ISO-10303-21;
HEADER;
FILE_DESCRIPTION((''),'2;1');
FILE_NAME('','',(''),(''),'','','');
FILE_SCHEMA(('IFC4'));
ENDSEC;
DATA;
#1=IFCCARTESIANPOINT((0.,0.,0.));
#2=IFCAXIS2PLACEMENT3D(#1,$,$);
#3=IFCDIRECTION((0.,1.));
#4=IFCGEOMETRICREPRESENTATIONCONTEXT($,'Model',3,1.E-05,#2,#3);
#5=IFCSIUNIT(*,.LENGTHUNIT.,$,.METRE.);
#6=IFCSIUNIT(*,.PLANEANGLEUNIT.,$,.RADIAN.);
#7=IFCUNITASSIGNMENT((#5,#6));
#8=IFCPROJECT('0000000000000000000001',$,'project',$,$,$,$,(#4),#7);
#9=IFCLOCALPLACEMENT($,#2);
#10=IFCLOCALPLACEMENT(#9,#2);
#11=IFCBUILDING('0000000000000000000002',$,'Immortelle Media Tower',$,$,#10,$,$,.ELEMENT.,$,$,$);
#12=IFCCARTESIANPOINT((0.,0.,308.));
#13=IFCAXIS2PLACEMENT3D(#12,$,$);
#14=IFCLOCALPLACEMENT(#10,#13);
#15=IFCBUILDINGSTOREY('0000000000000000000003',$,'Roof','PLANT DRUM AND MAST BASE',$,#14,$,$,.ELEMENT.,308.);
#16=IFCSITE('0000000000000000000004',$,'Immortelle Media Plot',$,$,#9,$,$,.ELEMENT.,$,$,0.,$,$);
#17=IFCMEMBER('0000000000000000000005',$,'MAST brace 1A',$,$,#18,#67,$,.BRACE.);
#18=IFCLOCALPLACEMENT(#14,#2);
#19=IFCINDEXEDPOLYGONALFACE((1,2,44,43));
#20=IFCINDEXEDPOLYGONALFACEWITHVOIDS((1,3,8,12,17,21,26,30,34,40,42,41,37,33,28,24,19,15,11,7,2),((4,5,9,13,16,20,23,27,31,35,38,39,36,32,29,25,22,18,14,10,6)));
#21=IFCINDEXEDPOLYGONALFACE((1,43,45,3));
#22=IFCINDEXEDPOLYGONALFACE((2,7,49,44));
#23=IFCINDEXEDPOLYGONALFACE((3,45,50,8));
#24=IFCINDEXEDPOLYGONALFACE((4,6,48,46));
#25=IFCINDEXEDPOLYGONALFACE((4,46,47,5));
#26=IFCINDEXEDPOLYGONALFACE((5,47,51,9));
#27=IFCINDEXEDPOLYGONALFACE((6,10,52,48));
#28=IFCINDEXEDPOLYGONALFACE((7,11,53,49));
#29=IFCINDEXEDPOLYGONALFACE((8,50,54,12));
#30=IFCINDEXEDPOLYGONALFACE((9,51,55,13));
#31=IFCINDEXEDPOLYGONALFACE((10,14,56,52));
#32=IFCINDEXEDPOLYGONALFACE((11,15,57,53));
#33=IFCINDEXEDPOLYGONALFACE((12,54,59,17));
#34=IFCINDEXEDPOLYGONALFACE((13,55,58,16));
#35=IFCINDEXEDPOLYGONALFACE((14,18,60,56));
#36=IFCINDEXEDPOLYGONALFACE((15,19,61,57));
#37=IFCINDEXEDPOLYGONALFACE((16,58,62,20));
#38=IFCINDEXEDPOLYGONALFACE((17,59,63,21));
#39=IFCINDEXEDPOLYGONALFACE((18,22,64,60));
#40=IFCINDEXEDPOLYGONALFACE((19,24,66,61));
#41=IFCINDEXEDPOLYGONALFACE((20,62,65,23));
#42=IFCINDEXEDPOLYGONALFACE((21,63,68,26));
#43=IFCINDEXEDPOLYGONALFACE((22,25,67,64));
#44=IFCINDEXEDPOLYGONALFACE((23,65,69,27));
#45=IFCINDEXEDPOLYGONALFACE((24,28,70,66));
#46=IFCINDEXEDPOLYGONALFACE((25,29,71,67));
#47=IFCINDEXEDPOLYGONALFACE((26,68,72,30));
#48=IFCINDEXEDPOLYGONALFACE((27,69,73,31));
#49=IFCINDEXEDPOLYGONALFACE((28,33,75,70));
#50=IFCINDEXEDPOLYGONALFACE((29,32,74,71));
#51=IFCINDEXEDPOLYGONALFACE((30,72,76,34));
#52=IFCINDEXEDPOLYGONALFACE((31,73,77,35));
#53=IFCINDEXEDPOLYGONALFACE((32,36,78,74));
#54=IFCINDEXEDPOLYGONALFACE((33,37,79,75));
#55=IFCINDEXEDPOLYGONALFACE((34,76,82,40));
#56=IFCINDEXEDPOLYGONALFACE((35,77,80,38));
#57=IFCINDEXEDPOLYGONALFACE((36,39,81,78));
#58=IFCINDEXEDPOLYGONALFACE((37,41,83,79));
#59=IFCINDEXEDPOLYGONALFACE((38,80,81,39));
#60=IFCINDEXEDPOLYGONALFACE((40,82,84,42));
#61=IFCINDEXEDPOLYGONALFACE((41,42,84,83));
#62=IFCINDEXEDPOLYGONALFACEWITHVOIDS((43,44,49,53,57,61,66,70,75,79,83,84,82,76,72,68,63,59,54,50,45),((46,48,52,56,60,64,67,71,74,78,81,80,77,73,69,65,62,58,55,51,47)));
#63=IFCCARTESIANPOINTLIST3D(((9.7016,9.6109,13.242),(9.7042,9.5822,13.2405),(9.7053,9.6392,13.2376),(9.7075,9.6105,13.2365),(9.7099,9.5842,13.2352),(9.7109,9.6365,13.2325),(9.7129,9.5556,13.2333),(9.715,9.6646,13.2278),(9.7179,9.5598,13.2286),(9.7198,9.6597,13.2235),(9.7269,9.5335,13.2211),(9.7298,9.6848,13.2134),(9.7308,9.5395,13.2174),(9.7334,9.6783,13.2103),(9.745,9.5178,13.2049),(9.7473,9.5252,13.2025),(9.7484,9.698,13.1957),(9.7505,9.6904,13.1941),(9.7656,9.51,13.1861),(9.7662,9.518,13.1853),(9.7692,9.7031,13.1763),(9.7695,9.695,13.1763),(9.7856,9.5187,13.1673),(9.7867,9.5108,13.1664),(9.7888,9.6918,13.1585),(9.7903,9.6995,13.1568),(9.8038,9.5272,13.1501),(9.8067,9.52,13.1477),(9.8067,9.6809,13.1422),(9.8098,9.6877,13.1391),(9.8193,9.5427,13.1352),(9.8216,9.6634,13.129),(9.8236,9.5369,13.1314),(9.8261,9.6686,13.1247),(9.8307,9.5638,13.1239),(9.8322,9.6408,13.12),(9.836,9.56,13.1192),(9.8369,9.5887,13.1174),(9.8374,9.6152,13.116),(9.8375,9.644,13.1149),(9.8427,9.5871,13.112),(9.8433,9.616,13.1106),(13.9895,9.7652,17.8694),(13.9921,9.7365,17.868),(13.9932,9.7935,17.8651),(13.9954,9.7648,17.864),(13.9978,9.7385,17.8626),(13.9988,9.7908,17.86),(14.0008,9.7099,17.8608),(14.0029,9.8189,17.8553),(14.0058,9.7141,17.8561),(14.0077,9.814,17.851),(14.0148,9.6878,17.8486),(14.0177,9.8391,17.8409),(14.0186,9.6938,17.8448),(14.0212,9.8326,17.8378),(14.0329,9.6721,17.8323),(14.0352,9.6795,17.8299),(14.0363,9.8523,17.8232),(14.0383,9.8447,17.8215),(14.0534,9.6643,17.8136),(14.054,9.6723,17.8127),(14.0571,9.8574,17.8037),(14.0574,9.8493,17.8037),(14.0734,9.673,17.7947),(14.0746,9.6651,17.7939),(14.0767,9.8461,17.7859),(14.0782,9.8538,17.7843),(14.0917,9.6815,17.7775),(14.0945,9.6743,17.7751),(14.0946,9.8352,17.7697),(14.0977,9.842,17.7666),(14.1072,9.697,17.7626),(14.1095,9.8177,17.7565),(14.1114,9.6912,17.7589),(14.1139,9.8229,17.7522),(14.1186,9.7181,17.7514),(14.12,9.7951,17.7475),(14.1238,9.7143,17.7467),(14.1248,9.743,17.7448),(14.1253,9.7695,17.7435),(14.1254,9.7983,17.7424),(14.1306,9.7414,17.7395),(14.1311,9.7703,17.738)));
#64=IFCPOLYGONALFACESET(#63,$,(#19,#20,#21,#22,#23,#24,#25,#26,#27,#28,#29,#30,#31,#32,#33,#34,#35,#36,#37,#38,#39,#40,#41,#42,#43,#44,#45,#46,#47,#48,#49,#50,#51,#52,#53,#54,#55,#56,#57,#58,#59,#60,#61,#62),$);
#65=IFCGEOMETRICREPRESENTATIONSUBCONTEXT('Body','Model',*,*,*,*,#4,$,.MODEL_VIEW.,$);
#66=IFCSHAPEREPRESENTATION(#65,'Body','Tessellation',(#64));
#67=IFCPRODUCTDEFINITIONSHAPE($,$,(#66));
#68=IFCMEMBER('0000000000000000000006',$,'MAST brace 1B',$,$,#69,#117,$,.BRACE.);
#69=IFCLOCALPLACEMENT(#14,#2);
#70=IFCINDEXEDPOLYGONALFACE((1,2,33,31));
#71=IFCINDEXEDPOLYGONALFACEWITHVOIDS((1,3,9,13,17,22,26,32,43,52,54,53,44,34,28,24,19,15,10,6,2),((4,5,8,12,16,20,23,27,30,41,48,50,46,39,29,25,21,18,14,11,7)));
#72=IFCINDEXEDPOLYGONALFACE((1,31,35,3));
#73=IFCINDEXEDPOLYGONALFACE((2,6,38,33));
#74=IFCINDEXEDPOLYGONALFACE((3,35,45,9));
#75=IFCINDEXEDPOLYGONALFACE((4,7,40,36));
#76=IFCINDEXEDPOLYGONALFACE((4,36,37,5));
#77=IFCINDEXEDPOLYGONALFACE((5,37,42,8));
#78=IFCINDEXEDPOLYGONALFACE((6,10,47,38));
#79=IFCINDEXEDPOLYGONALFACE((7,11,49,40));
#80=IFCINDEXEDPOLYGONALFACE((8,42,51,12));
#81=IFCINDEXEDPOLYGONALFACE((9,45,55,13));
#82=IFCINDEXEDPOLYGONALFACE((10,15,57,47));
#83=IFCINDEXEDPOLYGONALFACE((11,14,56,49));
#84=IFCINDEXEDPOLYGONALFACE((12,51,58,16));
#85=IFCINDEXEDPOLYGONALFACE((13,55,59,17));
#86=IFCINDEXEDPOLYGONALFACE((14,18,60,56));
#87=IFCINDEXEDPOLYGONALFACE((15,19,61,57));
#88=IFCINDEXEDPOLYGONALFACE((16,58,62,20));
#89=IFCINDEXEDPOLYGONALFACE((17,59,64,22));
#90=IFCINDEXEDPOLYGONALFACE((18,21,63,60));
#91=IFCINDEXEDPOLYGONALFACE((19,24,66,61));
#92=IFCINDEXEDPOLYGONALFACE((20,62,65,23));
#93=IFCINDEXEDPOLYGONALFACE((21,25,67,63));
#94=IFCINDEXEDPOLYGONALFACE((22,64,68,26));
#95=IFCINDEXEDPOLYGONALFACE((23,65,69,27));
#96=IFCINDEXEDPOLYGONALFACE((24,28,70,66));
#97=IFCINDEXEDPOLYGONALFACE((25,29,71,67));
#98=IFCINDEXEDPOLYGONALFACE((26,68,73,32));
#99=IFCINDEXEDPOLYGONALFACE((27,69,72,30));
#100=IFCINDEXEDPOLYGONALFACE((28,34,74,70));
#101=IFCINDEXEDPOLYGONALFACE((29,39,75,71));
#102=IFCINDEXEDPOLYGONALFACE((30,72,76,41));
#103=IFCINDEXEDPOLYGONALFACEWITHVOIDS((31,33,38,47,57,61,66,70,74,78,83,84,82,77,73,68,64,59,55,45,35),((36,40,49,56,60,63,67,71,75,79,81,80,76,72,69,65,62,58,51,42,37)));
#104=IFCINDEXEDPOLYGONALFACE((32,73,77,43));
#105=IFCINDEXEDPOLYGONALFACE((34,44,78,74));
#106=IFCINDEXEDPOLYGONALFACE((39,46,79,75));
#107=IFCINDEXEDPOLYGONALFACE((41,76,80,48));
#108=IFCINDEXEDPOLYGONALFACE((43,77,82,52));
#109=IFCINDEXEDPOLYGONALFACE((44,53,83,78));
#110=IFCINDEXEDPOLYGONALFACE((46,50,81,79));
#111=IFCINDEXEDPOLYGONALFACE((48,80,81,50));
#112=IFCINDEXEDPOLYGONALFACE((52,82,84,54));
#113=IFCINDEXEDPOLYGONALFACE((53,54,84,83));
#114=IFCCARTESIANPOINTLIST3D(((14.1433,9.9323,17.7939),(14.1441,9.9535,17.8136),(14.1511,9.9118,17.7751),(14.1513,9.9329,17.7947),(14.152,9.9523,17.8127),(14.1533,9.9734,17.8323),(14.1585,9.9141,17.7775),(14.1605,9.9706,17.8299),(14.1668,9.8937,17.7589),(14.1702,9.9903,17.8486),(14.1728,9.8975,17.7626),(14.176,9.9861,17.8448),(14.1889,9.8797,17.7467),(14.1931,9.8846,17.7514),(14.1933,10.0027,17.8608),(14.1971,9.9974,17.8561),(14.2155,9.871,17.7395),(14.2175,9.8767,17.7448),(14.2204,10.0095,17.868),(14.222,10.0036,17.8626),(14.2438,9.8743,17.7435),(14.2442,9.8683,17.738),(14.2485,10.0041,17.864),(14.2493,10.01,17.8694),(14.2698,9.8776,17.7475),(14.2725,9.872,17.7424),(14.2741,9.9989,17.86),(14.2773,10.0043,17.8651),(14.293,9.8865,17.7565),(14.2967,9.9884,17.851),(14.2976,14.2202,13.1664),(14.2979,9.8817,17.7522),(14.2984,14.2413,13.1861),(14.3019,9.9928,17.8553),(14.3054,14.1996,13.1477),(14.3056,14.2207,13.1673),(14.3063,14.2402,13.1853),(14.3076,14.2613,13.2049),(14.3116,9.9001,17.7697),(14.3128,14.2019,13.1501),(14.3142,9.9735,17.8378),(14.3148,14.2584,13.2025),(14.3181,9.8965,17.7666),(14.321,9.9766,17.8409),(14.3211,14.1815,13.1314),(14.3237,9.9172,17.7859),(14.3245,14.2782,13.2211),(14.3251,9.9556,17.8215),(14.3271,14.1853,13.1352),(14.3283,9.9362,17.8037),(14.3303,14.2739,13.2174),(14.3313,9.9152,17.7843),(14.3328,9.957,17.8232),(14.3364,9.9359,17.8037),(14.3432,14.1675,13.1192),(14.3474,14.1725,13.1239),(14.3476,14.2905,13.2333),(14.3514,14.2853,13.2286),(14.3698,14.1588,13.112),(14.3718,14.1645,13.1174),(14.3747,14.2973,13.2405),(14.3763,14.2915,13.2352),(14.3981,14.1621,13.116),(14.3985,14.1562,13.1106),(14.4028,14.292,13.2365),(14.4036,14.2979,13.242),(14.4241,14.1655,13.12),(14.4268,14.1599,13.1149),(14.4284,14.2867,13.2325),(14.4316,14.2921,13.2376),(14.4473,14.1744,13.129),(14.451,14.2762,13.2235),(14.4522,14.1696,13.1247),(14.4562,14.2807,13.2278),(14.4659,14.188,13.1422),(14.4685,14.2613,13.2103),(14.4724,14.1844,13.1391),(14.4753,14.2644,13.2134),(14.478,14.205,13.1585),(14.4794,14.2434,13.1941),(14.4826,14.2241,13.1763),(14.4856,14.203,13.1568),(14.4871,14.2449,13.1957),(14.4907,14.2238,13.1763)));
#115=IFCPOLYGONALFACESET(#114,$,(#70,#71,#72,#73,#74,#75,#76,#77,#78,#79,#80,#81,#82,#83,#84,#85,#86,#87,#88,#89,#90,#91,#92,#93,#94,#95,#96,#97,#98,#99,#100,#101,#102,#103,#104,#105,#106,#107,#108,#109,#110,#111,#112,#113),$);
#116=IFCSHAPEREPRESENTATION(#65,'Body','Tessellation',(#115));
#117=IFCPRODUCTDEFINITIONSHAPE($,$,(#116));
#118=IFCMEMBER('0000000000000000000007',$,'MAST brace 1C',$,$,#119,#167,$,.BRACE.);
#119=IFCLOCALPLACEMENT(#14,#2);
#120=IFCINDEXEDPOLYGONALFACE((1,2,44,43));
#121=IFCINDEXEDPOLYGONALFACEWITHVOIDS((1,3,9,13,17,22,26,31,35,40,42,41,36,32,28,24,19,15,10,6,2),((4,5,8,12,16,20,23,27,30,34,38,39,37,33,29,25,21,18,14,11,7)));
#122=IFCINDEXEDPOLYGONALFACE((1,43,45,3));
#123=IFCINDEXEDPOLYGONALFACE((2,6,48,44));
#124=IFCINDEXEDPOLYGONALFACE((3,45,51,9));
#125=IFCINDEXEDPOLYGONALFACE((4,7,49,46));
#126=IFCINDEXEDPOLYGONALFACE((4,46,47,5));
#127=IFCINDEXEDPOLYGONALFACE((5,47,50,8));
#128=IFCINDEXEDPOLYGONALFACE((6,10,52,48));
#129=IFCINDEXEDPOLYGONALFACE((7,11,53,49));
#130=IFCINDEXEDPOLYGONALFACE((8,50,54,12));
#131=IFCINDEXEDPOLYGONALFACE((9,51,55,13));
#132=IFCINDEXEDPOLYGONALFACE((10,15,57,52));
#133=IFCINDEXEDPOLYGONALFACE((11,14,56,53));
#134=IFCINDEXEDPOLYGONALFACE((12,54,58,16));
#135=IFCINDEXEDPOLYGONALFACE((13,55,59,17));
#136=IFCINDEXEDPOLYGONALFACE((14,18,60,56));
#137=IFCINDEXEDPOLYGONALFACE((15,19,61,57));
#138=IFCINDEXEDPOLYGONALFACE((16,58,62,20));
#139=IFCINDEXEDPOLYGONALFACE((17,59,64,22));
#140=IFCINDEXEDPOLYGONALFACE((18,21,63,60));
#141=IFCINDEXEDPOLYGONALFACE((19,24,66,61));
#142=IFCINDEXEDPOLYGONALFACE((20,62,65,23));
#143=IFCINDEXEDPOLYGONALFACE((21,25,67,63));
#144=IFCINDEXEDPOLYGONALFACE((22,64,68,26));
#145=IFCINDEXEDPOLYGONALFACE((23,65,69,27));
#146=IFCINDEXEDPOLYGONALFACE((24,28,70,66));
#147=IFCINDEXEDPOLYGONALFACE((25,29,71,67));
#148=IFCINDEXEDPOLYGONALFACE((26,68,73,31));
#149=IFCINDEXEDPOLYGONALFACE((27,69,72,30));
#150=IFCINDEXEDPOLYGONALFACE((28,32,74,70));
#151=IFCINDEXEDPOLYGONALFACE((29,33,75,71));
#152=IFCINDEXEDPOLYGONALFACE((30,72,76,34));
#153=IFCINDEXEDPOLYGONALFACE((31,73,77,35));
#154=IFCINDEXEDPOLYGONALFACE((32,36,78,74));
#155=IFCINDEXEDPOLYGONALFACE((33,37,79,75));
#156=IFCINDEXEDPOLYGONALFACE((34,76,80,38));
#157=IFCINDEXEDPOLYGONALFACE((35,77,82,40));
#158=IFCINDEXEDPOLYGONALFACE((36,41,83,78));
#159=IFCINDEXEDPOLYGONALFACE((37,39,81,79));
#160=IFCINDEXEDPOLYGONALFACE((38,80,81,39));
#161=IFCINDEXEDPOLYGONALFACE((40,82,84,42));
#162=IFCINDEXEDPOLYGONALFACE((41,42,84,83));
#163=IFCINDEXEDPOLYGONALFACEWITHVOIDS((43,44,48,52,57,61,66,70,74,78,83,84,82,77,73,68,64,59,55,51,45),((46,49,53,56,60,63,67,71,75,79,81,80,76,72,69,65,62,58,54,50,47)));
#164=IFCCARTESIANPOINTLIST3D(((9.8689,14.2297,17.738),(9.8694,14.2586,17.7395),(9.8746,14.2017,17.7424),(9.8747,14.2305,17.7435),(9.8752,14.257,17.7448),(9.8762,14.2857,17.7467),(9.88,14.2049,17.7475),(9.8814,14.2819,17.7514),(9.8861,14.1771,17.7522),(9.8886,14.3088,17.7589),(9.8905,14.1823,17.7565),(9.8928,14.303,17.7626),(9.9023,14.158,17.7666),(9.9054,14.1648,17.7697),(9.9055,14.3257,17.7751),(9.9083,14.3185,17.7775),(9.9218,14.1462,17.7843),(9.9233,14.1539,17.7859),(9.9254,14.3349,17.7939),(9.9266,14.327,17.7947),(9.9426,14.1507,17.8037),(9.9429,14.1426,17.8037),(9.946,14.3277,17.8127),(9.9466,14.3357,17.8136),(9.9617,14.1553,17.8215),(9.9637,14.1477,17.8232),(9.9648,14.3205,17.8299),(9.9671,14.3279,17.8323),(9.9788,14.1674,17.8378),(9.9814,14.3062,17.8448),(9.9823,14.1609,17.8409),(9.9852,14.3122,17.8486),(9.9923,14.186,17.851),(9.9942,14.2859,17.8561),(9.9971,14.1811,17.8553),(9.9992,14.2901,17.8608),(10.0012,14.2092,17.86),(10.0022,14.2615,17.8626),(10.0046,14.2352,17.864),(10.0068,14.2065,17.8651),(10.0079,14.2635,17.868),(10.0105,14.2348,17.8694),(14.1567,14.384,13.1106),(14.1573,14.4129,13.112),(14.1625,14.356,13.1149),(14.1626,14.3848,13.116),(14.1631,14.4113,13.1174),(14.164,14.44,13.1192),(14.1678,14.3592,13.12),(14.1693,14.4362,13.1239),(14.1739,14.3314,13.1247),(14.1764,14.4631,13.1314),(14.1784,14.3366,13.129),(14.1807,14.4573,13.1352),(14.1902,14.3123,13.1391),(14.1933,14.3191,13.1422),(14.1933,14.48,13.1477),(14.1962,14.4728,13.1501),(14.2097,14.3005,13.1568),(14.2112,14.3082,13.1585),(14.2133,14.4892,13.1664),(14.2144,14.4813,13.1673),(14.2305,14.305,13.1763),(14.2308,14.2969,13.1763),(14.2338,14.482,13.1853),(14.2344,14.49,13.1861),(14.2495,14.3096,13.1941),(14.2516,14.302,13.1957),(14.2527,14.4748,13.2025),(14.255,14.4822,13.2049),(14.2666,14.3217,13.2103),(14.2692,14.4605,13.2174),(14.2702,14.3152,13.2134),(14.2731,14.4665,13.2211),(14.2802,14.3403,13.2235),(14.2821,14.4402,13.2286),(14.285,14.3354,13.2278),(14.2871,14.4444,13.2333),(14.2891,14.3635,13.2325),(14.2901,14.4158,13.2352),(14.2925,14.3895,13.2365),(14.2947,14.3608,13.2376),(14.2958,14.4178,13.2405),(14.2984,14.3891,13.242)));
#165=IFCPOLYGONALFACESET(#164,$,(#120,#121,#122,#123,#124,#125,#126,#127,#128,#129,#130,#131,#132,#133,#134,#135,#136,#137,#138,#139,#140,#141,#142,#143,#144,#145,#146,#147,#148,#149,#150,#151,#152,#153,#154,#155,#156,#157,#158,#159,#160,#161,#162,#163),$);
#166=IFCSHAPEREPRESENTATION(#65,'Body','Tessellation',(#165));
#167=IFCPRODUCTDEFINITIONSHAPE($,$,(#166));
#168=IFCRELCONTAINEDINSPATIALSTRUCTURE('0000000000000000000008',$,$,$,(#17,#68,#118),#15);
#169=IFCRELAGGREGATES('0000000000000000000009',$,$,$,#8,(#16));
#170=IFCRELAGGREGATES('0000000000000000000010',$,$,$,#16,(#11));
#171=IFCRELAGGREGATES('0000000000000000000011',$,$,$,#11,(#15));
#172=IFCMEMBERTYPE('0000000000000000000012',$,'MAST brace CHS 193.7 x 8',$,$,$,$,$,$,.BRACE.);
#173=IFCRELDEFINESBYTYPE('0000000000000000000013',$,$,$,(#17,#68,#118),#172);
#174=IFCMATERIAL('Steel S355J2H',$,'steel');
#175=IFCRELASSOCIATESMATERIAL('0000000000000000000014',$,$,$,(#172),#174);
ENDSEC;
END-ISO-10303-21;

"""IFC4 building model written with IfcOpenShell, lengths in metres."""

from ifc_helpers import new_model, si_unit, direction, frame, origin, origin_2d, place, context, subcontext, project, spatial, hollow_circle, extrude, material, material_profile, profile_set, type_object, element, save


model = new_model("IFC4")

# Units and contexts
model_context = context("Model", 3, precision=1e-05, world=origin(), true_north=direction((0.0, 1.0)))
body_context = subcontext(model_context, "Body", "Model", "MODEL_VIEW")
ifc_project = project(units=[si_unit("LENGTHUNIT", "METRE"), si_unit("PLANEANGLEUNIT", "RADIAN")], contexts=[model_context])

# Site, building, storey
site_placement = place(None, origin())
site = spatial("IfcSite", under=ifc_project, at=site_placement, Name="Immortelle Media Plot", CompositionType="ELEMENT", RefElevation=0.0)
building_placement = place(site_placement, origin())
building = spatial("IfcBuilding", under=site, at=building_placement, Name="Immortelle Media Tower", CompositionType="ELEMENT")
storey_placement = place(building_placement, frame((0.0, 0.0, 308.0)))
storey = spatial("IfcBuildingStorey", under=building, at=storey_placement, Name="Roof", Description="PLANT DRUM AND MAST BASE", CompositionType="ELEMENT", Elevation=308.0)

# Members
ifc_material_1 = material(Name="Steel S355J2H", Category="steel")
ifc_material_profile_1 = material_profile(ifc_material_1, hollow_circle(Radius=0.0969, WallThickness=0.0081, at=origin_2d()), Name="CHS 193.7 x 8")
ifc_profile_set_1 = profile_set([ifc_material_profile_1], Name="Steel S355J2H")
member_type_1 = type_object("IfcMemberType", Name="MAST brace CHS 193.7 x 8", PredefinedType="BRACE", material=ifc_profile_set_1)
for number, where, z_axis, x_axis, name in (
    (1, (9.7727, 9.6062, 13.1763), (0.679476, 0.024451, 0.733291), (-0.035961, 0.999353, 0.0), "MAST brace 1A"),
    (2, (14.3938, 14.2273, 13.1763), (-0.024451, -0.679476, 0.733291), (0.999353, -0.035961, 0.0), "MAST brace 1B"),
    (3, (14.2273, 14.3938, 13.1763), (-0.679476, -0.024451, 0.733291), (0.035961, -0.999353, 0.0), "MAST brace 1C"),
):
    element("IfcMember", number, at=place(storey_placement, frame(where, z_axis=z_axis, x_axis=x_axis)), inside=storey, type_object=member_type_1, Name=name, PredefinedType="BRACE", context=body_context, shape_type="SweptSolid", body=[
        extrude(hollow_circle(Radius=0.0969, WallThickness=0.0081, at=origin_2d()), origin(), (0.0, 0.0, 1.0), 6.3105),
    ])

save(model, "model.ifc")
